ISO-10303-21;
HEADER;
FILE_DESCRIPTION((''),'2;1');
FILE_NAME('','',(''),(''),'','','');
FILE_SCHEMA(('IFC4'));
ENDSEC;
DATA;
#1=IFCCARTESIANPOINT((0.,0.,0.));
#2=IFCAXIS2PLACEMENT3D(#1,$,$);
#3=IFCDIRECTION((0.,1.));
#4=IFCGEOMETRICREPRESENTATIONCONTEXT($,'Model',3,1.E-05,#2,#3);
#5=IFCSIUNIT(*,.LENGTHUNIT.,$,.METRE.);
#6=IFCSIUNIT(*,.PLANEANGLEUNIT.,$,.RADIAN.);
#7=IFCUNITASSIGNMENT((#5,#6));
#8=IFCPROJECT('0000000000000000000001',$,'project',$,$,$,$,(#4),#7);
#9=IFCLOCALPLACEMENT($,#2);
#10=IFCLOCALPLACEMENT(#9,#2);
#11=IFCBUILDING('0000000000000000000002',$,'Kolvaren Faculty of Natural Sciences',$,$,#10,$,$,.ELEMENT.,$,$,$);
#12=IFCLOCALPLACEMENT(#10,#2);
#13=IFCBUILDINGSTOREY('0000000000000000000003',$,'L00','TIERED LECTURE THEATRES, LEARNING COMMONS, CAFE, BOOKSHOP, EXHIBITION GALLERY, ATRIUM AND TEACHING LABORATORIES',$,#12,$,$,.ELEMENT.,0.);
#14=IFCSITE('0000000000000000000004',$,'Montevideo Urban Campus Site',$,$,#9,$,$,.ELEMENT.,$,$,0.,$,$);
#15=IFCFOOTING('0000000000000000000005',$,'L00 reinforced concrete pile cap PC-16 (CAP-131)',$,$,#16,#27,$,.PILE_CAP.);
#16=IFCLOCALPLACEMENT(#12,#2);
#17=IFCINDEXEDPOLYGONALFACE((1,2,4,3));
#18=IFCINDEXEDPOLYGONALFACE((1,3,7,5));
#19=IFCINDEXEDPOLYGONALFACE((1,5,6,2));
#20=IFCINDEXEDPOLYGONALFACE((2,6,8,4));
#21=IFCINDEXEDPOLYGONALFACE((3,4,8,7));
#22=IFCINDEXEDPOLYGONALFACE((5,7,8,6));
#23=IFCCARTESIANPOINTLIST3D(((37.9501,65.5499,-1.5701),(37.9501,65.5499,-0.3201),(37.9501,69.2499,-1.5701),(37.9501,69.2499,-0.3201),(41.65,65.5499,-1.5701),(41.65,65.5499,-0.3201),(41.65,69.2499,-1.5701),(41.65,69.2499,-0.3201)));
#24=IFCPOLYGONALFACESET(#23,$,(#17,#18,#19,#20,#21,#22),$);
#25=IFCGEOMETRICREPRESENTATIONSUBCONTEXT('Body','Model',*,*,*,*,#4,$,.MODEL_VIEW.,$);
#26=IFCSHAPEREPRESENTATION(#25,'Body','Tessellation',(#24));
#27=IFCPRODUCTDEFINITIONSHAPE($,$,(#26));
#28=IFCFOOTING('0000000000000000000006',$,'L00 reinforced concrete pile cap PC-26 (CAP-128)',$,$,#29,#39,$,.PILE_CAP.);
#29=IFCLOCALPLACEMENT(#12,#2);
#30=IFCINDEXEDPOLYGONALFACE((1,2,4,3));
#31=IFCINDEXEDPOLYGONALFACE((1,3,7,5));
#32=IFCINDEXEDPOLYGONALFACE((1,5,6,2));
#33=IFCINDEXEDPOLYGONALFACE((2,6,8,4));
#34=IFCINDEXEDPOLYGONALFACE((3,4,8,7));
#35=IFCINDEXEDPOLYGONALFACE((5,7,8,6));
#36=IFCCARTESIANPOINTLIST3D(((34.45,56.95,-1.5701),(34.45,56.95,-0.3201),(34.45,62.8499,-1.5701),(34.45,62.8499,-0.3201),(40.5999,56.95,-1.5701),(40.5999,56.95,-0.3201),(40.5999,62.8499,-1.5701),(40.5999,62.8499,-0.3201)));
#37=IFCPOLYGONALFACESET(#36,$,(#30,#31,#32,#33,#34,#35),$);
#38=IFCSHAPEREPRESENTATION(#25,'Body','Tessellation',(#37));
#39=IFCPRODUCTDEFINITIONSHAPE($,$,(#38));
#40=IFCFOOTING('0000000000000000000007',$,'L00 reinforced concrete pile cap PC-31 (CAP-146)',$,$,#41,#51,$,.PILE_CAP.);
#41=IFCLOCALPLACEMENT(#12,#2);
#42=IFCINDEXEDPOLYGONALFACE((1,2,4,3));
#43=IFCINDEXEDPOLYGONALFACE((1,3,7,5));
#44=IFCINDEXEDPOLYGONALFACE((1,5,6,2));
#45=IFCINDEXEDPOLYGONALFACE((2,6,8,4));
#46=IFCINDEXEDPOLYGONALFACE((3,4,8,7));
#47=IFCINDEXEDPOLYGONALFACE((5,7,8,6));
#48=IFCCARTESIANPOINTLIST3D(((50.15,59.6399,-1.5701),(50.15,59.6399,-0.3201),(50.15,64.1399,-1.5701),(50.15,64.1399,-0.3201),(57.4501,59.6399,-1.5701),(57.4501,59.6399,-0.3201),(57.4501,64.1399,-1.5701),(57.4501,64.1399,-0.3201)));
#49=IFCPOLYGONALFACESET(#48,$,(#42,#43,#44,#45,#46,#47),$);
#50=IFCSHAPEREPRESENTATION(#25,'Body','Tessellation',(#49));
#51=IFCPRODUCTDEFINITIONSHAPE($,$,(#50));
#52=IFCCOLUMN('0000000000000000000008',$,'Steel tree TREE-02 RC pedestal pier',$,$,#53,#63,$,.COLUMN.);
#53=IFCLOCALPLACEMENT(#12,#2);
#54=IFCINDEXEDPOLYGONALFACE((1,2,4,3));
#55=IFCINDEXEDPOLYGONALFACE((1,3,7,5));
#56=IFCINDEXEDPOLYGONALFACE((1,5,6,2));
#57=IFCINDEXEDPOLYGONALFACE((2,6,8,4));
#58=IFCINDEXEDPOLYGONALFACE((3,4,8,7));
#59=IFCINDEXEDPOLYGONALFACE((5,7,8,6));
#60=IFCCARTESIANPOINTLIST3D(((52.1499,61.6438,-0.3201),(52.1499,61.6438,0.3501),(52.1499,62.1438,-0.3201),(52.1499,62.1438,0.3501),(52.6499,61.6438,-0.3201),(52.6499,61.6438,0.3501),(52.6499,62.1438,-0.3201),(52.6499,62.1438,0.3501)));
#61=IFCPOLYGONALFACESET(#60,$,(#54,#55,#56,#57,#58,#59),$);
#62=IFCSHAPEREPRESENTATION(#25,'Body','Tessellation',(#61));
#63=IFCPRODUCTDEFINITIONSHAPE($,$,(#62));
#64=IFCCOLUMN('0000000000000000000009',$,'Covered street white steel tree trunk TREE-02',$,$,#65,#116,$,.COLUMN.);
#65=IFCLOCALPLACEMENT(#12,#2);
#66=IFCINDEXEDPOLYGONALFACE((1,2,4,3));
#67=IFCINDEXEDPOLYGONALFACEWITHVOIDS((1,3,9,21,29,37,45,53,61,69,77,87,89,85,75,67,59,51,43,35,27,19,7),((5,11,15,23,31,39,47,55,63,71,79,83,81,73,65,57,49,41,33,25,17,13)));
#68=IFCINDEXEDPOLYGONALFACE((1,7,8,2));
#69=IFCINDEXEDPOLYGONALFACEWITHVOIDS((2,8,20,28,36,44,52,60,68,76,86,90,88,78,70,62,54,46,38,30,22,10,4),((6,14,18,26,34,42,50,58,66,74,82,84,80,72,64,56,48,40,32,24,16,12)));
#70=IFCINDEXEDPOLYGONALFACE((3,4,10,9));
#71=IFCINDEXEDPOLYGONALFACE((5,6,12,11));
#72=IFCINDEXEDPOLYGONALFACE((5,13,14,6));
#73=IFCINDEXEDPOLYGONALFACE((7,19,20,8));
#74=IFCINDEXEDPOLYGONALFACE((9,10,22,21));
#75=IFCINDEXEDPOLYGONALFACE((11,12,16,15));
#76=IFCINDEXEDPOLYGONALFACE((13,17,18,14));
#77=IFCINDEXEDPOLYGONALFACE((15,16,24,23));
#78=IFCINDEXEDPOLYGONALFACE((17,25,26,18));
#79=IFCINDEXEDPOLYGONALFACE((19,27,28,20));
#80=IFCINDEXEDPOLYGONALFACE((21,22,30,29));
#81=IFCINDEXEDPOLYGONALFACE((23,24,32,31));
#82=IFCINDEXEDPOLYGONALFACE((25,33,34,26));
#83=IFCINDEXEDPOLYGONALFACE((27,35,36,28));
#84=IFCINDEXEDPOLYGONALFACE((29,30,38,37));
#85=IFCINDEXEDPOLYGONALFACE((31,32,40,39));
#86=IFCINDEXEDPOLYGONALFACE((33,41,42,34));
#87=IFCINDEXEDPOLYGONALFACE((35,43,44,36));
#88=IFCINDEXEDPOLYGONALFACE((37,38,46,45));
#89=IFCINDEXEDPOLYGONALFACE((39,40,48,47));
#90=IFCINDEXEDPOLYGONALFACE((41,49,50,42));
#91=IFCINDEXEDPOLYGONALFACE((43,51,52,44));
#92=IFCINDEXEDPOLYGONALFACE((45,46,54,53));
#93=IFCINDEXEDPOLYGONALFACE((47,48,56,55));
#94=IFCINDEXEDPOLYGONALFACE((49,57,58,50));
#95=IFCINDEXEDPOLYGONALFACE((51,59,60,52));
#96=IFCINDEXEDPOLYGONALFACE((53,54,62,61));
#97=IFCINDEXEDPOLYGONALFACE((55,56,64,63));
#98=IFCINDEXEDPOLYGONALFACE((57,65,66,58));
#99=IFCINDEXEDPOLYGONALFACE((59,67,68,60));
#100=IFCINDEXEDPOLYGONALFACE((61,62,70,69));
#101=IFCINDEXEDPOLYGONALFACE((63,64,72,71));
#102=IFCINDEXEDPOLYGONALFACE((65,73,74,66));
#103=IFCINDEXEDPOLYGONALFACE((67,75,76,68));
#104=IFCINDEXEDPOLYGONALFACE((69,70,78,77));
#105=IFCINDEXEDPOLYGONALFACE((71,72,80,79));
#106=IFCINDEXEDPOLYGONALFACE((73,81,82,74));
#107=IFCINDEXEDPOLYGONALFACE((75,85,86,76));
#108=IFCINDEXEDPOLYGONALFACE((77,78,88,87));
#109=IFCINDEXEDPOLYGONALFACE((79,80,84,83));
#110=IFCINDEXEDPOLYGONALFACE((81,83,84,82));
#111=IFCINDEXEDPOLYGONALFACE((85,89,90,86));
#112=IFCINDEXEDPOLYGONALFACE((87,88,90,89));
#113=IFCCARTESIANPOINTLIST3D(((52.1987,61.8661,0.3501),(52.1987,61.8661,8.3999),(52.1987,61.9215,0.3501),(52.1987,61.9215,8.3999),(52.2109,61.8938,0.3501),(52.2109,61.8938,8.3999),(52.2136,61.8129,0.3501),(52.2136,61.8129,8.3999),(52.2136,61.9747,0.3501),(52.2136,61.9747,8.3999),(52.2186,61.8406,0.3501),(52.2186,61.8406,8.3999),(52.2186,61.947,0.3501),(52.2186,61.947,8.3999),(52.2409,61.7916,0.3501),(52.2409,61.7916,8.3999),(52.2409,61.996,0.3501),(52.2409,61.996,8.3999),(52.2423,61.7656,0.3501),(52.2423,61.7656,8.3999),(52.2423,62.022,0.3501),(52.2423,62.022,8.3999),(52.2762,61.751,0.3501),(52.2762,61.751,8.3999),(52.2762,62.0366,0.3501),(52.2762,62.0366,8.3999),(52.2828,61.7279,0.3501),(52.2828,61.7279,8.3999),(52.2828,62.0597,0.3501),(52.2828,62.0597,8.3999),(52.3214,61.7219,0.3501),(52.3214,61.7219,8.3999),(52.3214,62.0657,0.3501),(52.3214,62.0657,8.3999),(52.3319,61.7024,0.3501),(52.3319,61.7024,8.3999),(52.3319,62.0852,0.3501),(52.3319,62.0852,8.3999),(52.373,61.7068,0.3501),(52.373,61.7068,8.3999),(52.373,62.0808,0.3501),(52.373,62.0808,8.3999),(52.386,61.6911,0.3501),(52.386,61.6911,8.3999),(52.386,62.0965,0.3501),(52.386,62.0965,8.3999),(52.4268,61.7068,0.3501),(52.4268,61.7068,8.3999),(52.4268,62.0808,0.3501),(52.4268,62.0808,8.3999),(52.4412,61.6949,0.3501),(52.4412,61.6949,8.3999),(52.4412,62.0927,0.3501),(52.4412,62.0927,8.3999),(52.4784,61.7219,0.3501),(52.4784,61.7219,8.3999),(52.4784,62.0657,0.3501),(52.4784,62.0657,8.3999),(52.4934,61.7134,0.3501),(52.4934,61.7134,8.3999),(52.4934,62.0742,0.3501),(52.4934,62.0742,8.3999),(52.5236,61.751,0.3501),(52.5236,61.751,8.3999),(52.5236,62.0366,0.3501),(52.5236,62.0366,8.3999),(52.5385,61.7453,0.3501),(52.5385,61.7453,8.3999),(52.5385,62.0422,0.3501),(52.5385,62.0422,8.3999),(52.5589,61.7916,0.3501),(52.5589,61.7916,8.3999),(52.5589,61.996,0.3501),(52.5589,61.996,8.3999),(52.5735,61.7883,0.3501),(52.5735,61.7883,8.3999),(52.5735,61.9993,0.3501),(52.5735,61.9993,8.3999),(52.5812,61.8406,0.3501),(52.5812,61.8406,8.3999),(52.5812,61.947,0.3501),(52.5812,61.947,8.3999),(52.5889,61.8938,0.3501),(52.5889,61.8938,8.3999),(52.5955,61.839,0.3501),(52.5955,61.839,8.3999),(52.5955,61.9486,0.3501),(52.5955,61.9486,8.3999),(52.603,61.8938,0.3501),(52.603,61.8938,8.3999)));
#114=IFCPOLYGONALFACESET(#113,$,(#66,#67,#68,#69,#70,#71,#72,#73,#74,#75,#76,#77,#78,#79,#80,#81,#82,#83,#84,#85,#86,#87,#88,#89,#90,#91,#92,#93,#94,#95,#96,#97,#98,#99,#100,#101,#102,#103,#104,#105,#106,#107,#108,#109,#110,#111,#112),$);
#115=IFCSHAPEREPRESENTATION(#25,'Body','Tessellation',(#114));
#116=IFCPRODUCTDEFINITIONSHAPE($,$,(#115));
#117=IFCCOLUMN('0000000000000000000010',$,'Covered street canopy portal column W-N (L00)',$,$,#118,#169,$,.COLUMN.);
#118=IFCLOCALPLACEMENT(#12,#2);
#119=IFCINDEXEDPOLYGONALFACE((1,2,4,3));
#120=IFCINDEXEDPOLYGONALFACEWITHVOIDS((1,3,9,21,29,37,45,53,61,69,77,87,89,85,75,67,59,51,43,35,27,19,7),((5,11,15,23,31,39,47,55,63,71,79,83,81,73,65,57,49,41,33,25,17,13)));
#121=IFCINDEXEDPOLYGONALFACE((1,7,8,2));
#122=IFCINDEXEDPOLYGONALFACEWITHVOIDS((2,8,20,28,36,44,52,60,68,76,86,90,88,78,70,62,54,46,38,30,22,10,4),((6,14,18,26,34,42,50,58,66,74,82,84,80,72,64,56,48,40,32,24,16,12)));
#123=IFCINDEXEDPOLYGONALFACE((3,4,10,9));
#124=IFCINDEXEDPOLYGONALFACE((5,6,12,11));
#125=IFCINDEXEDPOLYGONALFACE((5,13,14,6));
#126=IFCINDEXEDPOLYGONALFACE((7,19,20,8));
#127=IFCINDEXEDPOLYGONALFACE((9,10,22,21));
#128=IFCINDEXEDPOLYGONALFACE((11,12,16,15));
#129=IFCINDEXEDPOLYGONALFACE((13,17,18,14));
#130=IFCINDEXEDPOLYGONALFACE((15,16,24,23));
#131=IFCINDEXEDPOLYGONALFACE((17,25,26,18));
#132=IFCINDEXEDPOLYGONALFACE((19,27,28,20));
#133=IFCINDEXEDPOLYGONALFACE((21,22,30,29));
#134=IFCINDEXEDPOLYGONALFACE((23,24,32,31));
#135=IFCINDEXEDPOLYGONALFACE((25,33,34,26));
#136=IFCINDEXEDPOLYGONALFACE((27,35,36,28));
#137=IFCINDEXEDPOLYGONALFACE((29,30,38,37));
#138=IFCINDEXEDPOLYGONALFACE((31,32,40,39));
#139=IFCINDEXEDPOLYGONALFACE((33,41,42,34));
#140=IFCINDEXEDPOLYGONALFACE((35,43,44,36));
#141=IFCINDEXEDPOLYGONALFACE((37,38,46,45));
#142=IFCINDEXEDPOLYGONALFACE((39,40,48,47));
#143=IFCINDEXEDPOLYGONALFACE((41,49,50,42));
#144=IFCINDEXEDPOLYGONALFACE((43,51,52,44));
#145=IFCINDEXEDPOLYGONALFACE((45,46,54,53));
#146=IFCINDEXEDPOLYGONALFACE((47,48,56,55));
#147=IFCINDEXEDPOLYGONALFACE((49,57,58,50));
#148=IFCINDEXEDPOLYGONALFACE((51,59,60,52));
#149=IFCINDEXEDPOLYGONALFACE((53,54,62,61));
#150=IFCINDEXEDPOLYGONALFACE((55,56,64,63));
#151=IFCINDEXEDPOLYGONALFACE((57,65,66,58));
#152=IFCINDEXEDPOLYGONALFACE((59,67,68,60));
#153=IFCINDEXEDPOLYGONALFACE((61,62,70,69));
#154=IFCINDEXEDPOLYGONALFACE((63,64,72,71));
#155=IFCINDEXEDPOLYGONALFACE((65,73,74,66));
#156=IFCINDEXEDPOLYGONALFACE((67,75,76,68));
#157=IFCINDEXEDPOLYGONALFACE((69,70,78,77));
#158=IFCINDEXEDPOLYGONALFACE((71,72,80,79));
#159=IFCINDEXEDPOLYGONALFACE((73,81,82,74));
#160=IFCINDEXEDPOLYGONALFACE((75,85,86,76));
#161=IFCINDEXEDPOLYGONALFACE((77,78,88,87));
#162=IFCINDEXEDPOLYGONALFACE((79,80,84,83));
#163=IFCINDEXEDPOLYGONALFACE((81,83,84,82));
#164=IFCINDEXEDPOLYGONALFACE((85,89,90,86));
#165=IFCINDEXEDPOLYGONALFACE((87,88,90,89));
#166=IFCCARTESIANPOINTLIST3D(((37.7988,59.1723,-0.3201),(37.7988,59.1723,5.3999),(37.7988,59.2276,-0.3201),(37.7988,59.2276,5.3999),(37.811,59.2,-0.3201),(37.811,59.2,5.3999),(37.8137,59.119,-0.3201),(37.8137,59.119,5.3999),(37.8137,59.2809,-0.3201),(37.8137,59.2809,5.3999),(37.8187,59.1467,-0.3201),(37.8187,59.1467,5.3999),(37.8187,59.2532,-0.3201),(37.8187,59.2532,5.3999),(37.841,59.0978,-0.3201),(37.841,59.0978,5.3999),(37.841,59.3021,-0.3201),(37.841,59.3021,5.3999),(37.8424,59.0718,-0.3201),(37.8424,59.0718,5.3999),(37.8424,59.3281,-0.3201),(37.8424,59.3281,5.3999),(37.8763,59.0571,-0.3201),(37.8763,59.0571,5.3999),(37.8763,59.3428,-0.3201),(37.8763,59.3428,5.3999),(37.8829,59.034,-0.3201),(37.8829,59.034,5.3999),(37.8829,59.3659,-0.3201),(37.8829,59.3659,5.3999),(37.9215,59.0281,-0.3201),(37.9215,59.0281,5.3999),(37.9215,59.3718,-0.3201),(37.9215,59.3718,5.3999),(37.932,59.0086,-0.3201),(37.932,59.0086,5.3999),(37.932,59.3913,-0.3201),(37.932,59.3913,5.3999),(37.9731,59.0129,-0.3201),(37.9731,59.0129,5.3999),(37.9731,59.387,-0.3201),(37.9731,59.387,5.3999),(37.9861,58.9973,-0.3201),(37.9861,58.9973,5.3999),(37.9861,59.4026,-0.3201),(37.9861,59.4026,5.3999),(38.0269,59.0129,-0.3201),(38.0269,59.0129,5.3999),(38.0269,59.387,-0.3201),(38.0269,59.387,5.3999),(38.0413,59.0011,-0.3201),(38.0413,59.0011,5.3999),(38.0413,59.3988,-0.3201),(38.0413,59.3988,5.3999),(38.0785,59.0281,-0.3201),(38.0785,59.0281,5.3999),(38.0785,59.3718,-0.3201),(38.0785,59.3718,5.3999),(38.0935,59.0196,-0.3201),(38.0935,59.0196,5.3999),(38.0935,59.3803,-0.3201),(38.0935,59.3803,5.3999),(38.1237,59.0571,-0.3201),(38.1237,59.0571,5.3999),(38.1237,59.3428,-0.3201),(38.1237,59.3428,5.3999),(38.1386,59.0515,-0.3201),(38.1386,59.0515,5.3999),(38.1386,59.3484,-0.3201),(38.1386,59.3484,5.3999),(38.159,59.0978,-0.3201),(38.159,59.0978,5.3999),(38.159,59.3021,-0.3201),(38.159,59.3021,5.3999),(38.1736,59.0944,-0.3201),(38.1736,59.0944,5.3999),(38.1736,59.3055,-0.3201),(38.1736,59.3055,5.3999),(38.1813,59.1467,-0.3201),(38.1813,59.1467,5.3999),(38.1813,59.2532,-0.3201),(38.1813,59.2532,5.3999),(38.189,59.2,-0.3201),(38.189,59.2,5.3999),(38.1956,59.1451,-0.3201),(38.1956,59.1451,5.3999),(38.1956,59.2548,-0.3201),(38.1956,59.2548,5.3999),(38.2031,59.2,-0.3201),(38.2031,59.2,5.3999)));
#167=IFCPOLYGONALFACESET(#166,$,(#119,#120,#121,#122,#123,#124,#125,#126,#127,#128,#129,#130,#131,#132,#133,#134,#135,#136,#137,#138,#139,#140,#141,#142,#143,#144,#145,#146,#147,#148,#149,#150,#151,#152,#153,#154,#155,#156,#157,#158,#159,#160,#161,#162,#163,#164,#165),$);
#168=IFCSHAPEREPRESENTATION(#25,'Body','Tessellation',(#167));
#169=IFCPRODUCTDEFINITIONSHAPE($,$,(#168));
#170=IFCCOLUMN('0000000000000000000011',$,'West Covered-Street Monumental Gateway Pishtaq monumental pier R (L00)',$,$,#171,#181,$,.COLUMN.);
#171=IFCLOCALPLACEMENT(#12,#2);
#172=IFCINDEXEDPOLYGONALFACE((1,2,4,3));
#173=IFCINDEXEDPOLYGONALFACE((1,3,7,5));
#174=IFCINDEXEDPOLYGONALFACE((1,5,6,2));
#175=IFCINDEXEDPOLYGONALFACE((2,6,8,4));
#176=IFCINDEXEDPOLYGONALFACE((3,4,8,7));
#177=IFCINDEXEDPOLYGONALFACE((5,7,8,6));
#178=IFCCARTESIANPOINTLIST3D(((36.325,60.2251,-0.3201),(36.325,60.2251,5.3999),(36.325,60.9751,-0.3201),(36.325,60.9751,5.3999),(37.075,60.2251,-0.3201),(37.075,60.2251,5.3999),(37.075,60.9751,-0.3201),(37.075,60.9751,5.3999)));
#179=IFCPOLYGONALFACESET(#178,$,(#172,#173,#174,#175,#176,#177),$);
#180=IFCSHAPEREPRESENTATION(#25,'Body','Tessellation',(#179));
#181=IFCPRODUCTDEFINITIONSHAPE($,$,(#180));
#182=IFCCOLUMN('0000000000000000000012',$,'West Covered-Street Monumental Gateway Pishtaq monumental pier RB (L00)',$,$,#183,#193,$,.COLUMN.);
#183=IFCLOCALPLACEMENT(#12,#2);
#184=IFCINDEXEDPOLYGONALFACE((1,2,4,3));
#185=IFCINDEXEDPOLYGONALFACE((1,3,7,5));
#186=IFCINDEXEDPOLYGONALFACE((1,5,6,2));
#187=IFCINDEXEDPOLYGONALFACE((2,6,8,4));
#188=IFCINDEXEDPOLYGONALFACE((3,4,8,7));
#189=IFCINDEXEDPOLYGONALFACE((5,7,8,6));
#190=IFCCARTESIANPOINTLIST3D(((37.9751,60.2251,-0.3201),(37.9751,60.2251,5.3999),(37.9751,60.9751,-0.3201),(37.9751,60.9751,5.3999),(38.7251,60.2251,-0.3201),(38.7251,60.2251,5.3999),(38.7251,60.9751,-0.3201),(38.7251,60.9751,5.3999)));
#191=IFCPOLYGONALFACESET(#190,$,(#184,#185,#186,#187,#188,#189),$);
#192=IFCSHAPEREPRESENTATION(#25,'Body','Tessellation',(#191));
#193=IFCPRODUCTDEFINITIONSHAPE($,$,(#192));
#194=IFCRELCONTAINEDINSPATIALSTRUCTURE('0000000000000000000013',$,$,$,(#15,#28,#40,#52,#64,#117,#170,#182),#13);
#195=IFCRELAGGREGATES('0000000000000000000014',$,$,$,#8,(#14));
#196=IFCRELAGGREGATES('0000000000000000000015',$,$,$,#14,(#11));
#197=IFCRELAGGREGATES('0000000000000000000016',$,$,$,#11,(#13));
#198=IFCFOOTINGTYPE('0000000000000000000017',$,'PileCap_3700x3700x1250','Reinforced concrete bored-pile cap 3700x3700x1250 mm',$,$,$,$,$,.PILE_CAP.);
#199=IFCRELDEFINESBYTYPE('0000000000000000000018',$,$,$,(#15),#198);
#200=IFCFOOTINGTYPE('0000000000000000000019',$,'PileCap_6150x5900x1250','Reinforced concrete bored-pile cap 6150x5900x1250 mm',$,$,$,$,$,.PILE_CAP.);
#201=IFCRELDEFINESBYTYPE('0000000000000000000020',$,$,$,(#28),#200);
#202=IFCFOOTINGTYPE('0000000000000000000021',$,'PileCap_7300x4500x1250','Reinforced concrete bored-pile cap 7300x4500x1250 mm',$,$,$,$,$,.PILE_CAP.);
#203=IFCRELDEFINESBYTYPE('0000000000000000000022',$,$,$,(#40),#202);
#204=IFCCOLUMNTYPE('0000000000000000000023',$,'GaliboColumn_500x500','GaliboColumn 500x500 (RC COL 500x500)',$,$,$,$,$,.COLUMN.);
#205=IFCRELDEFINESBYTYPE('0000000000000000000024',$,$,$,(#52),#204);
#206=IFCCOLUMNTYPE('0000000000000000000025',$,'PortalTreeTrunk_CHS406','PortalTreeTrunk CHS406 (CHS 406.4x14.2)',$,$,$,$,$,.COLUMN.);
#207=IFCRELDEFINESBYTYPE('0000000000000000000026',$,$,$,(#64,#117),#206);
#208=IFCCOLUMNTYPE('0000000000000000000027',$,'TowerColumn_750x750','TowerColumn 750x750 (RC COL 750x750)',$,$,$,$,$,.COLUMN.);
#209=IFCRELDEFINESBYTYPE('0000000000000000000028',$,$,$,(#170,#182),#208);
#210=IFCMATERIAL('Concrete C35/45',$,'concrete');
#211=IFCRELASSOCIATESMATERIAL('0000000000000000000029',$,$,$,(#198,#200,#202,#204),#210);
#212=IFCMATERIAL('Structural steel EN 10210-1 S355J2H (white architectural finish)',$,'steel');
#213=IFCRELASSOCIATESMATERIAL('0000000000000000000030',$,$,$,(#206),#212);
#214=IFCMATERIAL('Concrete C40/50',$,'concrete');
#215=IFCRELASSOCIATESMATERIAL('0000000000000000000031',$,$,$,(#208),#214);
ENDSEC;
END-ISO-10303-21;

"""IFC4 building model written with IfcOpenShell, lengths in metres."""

from ifc_helpers import new_model, si_unit, direction, frame, origin, origin_2d, place, context, subcontext, project, spatial, rectangle, hollow_circle, extrude, material, material_profile, profile_set, type_object, element, save


model = new_model("IFC4")

# Units and contexts
model_context = context("Model", 3, precision=1e-05, world=origin(), true_north=direction((0.0, 1.0)))
body_context = subcontext(model_context, "Body", "Model", "MODEL_VIEW")
ifc_project = project(units=[si_unit("LENGTHUNIT", "METRE"), si_unit("PLANEANGLEUNIT", "RADIAN")], contexts=[model_context])

# Site, building, storey
site_placement = place(None, origin())
site = spatial("IfcSite", under=ifc_project, at=site_placement, Name="Montevideo Urban Campus Site", CompositionType="ELEMENT", RefElevation=0.0)
building_placement = place(site_placement, origin())
building = spatial("IfcBuilding", under=site, at=building_placement, Name="Kolvaren Faculty of Natural Sciences", CompositionType="ELEMENT")
storey_placement = place(building_placement, origin())
storey = spatial("IfcBuildingStorey", under=building, at=storey_placement, Name="L00", Description="TIERED LECTURE THEATRES, LEARNING COMMONS, CAFE, BOOKSHOP, EXHIBITION GALLERY, ATRIUM AND TEACHING LABORATORIES", CompositionType="ELEMENT", Elevation=0.0)

# Shared definitions
ifc_material_1 = material(Name="Concrete C35/45", Category="concrete")

# Footings
footing_type_1 = type_object("IfcFootingType", Name="PileCap_3700x3700x1250", Description="Reinforced concrete bored-pile cap 3700x3700x1250 mm", PredefinedType="PILE_CAP", material=ifc_material_1)
footing_1_placement = place(storey_placement, frame((39.8, 67.3999, -1.5701), z_axis=(0.0, 0.0, 1.0), x_axis=(1.0, 0.0, 0.0)))
element("IfcFooting", 1, at=footing_1_placement, inside=storey, type_object=footing_type_1, Name="L00 reinforced concrete pile cap PC-16 (CAP-131)", PredefinedType="PILE_CAP", context=body_context, shape_type="SweptSolid", body=[
    extrude(rectangle(XDim=3.7, YDim=3.7, at=origin_2d()), origin(), (0.0, 0.0, 1.0), 1.25),
])
footing_type_2 = type_object("IfcFootingType", Name="PileCap_6150x5900x1250", Description="Reinforced concrete bored-pile cap 6150x5900x1250 mm", PredefinedType="PILE_CAP", material=ifc_material_1)
footing_2_placement = place(storey_placement, frame((37.5249, 59.8999, -1.5701), z_axis=(0.0, 0.0, 1.0), x_axis=(1.0, 0.0, 0.0)))
element("IfcFooting", 2, at=footing_2_placement, inside=storey, type_object=footing_type_2, Name="L00 reinforced concrete pile cap PC-26 (CAP-128)", PredefinedType="PILE_CAP", context=body_context, shape_type="SweptSolid", body=[
    extrude(rectangle(XDim=6.1499, YDim=5.8999, at=origin_2d()), origin(), (0.0, 0.0, 1.0), 1.25),
])
footing_type_3 = type_object("IfcFootingType", Name="PileCap_7300x4500x1250", Description="Reinforced concrete bored-pile cap 7300x4500x1250 mm", PredefinedType="PILE_CAP", material=ifc_material_1)
footing_3_placement = place(storey_placement, frame((53.8, 61.8899, -1.5701), z_axis=(0.0, 0.0, 1.0), x_axis=(1.0, 0.0, 0.0)))
element("IfcFooting", 3, at=footing_3_placement, inside=storey, type_object=footing_type_3, Name="L00 reinforced concrete pile cap PC-31 (CAP-146)", PredefinedType="PILE_CAP", context=body_context, shape_type="SweptSolid", body=[
    extrude(rectangle(XDim=7.3, YDim=4.5, at=origin_2d()), origin(), (0.0, 0.0, 1.0), 1.25),
])

# Columns
ifc_material_profile_1 = material_profile(ifc_material_1, rectangle(XDim=0.5, YDim=0.5, at=origin_2d()), Name="RC COL 500x500")
ifc_profile_set_1 = profile_set([ifc_material_profile_1], Name="Concrete C35/45")
column_type_1 = type_object("IfcColumnType", Name="GaliboColumn_500x500", Description="GaliboColumn 500x500 (RC COL 500x500)", PredefinedType="COLUMN", material=ifc_profile_set_1)
column_1_placement = place(storey_placement, frame((52.3999, 61.8938, -0.3201), z_axis=(0.0, 0.0, 1.0), x_axis=(1.0, 0.0, 0.0)))
element("IfcColumn", 4, at=column_1_placement, inside=storey, type_object=column_type_1, Name="Steel tree TREE-02 RC pedestal pier", PredefinedType="COLUMN", context=body_context, shape_type="SweptSolid", body=[
    extrude(rectangle(XDim=0.5, YDim=0.5, at=origin_2d()), origin(), (0.0, 0.0, 1.0), 0.6702),
])
ifc_material_2 = material(Name="Structural steel EN 10210-1 S355J2H (white architectural finish)", Category="steel")
ifc_material_profile_2 = material_profile(ifc_material_2, hollow_circle(Radius=0.2031, WallThickness=0.0142, at=origin_2d()), Name="CHS 406.4x14.2")
ifc_profile_set_2 = profile_set([ifc_material_profile_2], Name="Structural steel EN 10210-1 S355J2H (white architectural finish)")
column_type_2 = type_object("IfcColumnType", Name="PortalTreeTrunk_CHS406", Description="PortalTreeTrunk CHS406 (CHS 406.4x14.2)", PredefinedType="COLUMN", material=ifc_profile_set_2)
column_2_placement = place(storey_placement, frame((52.3999, 61.8938, 0.3501), z_axis=(0.0, 0.0, 1.0), x_axis=(1.0, 0.0, 0.0)))
element("IfcColumn", 5, at=column_2_placement, inside=storey, type_object=column_type_2, Name="Covered street white steel tree trunk TREE-02", PredefinedType="COLUMN", context=body_context, shape_type="SweptSolid", body=[
    extrude(hollow_circle(Radius=0.2031, WallThickness=0.0142, at=origin_2d()), origin(), (0.0, 0.0, 1.0), 8.0498),
])
column_3_placement = place(storey_placement, frame((38.0, 59.2, -0.3201), z_axis=(0.0, 0.0, 1.0), x_axis=(1.0, 0.0, 0.0)))
element("IfcColumn", 6, at=column_3_placement, inside=storey, type_object=column_type_2, Name="Covered street canopy portal column W-N (L00)", PredefinedType="COLUMN", context=body_context, shape_type="SweptSolid", body=[
    extrude(hollow_circle(Radius=0.2031, WallThickness=0.0142, at=origin_2d()), origin(), (0.0, 0.0, 1.0), 5.72),
])
ifc_material_3 = material(Name="Concrete C40/50", Category="concrete")
ifc_material_profile_3 = material_profile(ifc_material_3, rectangle(XDim=0.75, YDim=0.75, at=origin_2d()), Name="RC COL 750x750")
ifc_profile_set_3 = profile_set([ifc_material_profile_3], Name="Concrete C40/50")
column_type_3 = type_object("IfcColumnType", Name="TowerColumn_750x750", Description="TowerColumn 750x750 (RC COL 750x750)", PredefinedType="COLUMN", material=ifc_profile_set_3)
for number, where, z_axis, x_axis, name in (
    (7, (36.7, 60.6001, -0.3201), (0.0, 0.0, 1.0), (1.0, 0.0, 0.0), "West Covered-Street Monumental Gateway Pishtaq monumental pier R (L00)"),
    (8, (38.3501, 60.6001, -0.3201), (0.0, 0.0, 1.0), (1.0, 0.0, 0.0), "West Covered-Street Monumental Gateway Pishtaq monumental pier RB (L00)"),
):
    element("IfcColumn", number, at=place(storey_placement, frame(where, z_axis=z_axis, x_axis=x_axis)), inside=storey, type_object=column_type_3, Name=name, PredefinedType="COLUMN", context=body_context, shape_type="SweptSolid", body=[
        extrude(rectangle(XDim=0.75, YDim=0.75, at=origin_2d()), origin(), (0.0, 0.0, 1.0), 5.72),
    ])

save(model, "model.ifc")
